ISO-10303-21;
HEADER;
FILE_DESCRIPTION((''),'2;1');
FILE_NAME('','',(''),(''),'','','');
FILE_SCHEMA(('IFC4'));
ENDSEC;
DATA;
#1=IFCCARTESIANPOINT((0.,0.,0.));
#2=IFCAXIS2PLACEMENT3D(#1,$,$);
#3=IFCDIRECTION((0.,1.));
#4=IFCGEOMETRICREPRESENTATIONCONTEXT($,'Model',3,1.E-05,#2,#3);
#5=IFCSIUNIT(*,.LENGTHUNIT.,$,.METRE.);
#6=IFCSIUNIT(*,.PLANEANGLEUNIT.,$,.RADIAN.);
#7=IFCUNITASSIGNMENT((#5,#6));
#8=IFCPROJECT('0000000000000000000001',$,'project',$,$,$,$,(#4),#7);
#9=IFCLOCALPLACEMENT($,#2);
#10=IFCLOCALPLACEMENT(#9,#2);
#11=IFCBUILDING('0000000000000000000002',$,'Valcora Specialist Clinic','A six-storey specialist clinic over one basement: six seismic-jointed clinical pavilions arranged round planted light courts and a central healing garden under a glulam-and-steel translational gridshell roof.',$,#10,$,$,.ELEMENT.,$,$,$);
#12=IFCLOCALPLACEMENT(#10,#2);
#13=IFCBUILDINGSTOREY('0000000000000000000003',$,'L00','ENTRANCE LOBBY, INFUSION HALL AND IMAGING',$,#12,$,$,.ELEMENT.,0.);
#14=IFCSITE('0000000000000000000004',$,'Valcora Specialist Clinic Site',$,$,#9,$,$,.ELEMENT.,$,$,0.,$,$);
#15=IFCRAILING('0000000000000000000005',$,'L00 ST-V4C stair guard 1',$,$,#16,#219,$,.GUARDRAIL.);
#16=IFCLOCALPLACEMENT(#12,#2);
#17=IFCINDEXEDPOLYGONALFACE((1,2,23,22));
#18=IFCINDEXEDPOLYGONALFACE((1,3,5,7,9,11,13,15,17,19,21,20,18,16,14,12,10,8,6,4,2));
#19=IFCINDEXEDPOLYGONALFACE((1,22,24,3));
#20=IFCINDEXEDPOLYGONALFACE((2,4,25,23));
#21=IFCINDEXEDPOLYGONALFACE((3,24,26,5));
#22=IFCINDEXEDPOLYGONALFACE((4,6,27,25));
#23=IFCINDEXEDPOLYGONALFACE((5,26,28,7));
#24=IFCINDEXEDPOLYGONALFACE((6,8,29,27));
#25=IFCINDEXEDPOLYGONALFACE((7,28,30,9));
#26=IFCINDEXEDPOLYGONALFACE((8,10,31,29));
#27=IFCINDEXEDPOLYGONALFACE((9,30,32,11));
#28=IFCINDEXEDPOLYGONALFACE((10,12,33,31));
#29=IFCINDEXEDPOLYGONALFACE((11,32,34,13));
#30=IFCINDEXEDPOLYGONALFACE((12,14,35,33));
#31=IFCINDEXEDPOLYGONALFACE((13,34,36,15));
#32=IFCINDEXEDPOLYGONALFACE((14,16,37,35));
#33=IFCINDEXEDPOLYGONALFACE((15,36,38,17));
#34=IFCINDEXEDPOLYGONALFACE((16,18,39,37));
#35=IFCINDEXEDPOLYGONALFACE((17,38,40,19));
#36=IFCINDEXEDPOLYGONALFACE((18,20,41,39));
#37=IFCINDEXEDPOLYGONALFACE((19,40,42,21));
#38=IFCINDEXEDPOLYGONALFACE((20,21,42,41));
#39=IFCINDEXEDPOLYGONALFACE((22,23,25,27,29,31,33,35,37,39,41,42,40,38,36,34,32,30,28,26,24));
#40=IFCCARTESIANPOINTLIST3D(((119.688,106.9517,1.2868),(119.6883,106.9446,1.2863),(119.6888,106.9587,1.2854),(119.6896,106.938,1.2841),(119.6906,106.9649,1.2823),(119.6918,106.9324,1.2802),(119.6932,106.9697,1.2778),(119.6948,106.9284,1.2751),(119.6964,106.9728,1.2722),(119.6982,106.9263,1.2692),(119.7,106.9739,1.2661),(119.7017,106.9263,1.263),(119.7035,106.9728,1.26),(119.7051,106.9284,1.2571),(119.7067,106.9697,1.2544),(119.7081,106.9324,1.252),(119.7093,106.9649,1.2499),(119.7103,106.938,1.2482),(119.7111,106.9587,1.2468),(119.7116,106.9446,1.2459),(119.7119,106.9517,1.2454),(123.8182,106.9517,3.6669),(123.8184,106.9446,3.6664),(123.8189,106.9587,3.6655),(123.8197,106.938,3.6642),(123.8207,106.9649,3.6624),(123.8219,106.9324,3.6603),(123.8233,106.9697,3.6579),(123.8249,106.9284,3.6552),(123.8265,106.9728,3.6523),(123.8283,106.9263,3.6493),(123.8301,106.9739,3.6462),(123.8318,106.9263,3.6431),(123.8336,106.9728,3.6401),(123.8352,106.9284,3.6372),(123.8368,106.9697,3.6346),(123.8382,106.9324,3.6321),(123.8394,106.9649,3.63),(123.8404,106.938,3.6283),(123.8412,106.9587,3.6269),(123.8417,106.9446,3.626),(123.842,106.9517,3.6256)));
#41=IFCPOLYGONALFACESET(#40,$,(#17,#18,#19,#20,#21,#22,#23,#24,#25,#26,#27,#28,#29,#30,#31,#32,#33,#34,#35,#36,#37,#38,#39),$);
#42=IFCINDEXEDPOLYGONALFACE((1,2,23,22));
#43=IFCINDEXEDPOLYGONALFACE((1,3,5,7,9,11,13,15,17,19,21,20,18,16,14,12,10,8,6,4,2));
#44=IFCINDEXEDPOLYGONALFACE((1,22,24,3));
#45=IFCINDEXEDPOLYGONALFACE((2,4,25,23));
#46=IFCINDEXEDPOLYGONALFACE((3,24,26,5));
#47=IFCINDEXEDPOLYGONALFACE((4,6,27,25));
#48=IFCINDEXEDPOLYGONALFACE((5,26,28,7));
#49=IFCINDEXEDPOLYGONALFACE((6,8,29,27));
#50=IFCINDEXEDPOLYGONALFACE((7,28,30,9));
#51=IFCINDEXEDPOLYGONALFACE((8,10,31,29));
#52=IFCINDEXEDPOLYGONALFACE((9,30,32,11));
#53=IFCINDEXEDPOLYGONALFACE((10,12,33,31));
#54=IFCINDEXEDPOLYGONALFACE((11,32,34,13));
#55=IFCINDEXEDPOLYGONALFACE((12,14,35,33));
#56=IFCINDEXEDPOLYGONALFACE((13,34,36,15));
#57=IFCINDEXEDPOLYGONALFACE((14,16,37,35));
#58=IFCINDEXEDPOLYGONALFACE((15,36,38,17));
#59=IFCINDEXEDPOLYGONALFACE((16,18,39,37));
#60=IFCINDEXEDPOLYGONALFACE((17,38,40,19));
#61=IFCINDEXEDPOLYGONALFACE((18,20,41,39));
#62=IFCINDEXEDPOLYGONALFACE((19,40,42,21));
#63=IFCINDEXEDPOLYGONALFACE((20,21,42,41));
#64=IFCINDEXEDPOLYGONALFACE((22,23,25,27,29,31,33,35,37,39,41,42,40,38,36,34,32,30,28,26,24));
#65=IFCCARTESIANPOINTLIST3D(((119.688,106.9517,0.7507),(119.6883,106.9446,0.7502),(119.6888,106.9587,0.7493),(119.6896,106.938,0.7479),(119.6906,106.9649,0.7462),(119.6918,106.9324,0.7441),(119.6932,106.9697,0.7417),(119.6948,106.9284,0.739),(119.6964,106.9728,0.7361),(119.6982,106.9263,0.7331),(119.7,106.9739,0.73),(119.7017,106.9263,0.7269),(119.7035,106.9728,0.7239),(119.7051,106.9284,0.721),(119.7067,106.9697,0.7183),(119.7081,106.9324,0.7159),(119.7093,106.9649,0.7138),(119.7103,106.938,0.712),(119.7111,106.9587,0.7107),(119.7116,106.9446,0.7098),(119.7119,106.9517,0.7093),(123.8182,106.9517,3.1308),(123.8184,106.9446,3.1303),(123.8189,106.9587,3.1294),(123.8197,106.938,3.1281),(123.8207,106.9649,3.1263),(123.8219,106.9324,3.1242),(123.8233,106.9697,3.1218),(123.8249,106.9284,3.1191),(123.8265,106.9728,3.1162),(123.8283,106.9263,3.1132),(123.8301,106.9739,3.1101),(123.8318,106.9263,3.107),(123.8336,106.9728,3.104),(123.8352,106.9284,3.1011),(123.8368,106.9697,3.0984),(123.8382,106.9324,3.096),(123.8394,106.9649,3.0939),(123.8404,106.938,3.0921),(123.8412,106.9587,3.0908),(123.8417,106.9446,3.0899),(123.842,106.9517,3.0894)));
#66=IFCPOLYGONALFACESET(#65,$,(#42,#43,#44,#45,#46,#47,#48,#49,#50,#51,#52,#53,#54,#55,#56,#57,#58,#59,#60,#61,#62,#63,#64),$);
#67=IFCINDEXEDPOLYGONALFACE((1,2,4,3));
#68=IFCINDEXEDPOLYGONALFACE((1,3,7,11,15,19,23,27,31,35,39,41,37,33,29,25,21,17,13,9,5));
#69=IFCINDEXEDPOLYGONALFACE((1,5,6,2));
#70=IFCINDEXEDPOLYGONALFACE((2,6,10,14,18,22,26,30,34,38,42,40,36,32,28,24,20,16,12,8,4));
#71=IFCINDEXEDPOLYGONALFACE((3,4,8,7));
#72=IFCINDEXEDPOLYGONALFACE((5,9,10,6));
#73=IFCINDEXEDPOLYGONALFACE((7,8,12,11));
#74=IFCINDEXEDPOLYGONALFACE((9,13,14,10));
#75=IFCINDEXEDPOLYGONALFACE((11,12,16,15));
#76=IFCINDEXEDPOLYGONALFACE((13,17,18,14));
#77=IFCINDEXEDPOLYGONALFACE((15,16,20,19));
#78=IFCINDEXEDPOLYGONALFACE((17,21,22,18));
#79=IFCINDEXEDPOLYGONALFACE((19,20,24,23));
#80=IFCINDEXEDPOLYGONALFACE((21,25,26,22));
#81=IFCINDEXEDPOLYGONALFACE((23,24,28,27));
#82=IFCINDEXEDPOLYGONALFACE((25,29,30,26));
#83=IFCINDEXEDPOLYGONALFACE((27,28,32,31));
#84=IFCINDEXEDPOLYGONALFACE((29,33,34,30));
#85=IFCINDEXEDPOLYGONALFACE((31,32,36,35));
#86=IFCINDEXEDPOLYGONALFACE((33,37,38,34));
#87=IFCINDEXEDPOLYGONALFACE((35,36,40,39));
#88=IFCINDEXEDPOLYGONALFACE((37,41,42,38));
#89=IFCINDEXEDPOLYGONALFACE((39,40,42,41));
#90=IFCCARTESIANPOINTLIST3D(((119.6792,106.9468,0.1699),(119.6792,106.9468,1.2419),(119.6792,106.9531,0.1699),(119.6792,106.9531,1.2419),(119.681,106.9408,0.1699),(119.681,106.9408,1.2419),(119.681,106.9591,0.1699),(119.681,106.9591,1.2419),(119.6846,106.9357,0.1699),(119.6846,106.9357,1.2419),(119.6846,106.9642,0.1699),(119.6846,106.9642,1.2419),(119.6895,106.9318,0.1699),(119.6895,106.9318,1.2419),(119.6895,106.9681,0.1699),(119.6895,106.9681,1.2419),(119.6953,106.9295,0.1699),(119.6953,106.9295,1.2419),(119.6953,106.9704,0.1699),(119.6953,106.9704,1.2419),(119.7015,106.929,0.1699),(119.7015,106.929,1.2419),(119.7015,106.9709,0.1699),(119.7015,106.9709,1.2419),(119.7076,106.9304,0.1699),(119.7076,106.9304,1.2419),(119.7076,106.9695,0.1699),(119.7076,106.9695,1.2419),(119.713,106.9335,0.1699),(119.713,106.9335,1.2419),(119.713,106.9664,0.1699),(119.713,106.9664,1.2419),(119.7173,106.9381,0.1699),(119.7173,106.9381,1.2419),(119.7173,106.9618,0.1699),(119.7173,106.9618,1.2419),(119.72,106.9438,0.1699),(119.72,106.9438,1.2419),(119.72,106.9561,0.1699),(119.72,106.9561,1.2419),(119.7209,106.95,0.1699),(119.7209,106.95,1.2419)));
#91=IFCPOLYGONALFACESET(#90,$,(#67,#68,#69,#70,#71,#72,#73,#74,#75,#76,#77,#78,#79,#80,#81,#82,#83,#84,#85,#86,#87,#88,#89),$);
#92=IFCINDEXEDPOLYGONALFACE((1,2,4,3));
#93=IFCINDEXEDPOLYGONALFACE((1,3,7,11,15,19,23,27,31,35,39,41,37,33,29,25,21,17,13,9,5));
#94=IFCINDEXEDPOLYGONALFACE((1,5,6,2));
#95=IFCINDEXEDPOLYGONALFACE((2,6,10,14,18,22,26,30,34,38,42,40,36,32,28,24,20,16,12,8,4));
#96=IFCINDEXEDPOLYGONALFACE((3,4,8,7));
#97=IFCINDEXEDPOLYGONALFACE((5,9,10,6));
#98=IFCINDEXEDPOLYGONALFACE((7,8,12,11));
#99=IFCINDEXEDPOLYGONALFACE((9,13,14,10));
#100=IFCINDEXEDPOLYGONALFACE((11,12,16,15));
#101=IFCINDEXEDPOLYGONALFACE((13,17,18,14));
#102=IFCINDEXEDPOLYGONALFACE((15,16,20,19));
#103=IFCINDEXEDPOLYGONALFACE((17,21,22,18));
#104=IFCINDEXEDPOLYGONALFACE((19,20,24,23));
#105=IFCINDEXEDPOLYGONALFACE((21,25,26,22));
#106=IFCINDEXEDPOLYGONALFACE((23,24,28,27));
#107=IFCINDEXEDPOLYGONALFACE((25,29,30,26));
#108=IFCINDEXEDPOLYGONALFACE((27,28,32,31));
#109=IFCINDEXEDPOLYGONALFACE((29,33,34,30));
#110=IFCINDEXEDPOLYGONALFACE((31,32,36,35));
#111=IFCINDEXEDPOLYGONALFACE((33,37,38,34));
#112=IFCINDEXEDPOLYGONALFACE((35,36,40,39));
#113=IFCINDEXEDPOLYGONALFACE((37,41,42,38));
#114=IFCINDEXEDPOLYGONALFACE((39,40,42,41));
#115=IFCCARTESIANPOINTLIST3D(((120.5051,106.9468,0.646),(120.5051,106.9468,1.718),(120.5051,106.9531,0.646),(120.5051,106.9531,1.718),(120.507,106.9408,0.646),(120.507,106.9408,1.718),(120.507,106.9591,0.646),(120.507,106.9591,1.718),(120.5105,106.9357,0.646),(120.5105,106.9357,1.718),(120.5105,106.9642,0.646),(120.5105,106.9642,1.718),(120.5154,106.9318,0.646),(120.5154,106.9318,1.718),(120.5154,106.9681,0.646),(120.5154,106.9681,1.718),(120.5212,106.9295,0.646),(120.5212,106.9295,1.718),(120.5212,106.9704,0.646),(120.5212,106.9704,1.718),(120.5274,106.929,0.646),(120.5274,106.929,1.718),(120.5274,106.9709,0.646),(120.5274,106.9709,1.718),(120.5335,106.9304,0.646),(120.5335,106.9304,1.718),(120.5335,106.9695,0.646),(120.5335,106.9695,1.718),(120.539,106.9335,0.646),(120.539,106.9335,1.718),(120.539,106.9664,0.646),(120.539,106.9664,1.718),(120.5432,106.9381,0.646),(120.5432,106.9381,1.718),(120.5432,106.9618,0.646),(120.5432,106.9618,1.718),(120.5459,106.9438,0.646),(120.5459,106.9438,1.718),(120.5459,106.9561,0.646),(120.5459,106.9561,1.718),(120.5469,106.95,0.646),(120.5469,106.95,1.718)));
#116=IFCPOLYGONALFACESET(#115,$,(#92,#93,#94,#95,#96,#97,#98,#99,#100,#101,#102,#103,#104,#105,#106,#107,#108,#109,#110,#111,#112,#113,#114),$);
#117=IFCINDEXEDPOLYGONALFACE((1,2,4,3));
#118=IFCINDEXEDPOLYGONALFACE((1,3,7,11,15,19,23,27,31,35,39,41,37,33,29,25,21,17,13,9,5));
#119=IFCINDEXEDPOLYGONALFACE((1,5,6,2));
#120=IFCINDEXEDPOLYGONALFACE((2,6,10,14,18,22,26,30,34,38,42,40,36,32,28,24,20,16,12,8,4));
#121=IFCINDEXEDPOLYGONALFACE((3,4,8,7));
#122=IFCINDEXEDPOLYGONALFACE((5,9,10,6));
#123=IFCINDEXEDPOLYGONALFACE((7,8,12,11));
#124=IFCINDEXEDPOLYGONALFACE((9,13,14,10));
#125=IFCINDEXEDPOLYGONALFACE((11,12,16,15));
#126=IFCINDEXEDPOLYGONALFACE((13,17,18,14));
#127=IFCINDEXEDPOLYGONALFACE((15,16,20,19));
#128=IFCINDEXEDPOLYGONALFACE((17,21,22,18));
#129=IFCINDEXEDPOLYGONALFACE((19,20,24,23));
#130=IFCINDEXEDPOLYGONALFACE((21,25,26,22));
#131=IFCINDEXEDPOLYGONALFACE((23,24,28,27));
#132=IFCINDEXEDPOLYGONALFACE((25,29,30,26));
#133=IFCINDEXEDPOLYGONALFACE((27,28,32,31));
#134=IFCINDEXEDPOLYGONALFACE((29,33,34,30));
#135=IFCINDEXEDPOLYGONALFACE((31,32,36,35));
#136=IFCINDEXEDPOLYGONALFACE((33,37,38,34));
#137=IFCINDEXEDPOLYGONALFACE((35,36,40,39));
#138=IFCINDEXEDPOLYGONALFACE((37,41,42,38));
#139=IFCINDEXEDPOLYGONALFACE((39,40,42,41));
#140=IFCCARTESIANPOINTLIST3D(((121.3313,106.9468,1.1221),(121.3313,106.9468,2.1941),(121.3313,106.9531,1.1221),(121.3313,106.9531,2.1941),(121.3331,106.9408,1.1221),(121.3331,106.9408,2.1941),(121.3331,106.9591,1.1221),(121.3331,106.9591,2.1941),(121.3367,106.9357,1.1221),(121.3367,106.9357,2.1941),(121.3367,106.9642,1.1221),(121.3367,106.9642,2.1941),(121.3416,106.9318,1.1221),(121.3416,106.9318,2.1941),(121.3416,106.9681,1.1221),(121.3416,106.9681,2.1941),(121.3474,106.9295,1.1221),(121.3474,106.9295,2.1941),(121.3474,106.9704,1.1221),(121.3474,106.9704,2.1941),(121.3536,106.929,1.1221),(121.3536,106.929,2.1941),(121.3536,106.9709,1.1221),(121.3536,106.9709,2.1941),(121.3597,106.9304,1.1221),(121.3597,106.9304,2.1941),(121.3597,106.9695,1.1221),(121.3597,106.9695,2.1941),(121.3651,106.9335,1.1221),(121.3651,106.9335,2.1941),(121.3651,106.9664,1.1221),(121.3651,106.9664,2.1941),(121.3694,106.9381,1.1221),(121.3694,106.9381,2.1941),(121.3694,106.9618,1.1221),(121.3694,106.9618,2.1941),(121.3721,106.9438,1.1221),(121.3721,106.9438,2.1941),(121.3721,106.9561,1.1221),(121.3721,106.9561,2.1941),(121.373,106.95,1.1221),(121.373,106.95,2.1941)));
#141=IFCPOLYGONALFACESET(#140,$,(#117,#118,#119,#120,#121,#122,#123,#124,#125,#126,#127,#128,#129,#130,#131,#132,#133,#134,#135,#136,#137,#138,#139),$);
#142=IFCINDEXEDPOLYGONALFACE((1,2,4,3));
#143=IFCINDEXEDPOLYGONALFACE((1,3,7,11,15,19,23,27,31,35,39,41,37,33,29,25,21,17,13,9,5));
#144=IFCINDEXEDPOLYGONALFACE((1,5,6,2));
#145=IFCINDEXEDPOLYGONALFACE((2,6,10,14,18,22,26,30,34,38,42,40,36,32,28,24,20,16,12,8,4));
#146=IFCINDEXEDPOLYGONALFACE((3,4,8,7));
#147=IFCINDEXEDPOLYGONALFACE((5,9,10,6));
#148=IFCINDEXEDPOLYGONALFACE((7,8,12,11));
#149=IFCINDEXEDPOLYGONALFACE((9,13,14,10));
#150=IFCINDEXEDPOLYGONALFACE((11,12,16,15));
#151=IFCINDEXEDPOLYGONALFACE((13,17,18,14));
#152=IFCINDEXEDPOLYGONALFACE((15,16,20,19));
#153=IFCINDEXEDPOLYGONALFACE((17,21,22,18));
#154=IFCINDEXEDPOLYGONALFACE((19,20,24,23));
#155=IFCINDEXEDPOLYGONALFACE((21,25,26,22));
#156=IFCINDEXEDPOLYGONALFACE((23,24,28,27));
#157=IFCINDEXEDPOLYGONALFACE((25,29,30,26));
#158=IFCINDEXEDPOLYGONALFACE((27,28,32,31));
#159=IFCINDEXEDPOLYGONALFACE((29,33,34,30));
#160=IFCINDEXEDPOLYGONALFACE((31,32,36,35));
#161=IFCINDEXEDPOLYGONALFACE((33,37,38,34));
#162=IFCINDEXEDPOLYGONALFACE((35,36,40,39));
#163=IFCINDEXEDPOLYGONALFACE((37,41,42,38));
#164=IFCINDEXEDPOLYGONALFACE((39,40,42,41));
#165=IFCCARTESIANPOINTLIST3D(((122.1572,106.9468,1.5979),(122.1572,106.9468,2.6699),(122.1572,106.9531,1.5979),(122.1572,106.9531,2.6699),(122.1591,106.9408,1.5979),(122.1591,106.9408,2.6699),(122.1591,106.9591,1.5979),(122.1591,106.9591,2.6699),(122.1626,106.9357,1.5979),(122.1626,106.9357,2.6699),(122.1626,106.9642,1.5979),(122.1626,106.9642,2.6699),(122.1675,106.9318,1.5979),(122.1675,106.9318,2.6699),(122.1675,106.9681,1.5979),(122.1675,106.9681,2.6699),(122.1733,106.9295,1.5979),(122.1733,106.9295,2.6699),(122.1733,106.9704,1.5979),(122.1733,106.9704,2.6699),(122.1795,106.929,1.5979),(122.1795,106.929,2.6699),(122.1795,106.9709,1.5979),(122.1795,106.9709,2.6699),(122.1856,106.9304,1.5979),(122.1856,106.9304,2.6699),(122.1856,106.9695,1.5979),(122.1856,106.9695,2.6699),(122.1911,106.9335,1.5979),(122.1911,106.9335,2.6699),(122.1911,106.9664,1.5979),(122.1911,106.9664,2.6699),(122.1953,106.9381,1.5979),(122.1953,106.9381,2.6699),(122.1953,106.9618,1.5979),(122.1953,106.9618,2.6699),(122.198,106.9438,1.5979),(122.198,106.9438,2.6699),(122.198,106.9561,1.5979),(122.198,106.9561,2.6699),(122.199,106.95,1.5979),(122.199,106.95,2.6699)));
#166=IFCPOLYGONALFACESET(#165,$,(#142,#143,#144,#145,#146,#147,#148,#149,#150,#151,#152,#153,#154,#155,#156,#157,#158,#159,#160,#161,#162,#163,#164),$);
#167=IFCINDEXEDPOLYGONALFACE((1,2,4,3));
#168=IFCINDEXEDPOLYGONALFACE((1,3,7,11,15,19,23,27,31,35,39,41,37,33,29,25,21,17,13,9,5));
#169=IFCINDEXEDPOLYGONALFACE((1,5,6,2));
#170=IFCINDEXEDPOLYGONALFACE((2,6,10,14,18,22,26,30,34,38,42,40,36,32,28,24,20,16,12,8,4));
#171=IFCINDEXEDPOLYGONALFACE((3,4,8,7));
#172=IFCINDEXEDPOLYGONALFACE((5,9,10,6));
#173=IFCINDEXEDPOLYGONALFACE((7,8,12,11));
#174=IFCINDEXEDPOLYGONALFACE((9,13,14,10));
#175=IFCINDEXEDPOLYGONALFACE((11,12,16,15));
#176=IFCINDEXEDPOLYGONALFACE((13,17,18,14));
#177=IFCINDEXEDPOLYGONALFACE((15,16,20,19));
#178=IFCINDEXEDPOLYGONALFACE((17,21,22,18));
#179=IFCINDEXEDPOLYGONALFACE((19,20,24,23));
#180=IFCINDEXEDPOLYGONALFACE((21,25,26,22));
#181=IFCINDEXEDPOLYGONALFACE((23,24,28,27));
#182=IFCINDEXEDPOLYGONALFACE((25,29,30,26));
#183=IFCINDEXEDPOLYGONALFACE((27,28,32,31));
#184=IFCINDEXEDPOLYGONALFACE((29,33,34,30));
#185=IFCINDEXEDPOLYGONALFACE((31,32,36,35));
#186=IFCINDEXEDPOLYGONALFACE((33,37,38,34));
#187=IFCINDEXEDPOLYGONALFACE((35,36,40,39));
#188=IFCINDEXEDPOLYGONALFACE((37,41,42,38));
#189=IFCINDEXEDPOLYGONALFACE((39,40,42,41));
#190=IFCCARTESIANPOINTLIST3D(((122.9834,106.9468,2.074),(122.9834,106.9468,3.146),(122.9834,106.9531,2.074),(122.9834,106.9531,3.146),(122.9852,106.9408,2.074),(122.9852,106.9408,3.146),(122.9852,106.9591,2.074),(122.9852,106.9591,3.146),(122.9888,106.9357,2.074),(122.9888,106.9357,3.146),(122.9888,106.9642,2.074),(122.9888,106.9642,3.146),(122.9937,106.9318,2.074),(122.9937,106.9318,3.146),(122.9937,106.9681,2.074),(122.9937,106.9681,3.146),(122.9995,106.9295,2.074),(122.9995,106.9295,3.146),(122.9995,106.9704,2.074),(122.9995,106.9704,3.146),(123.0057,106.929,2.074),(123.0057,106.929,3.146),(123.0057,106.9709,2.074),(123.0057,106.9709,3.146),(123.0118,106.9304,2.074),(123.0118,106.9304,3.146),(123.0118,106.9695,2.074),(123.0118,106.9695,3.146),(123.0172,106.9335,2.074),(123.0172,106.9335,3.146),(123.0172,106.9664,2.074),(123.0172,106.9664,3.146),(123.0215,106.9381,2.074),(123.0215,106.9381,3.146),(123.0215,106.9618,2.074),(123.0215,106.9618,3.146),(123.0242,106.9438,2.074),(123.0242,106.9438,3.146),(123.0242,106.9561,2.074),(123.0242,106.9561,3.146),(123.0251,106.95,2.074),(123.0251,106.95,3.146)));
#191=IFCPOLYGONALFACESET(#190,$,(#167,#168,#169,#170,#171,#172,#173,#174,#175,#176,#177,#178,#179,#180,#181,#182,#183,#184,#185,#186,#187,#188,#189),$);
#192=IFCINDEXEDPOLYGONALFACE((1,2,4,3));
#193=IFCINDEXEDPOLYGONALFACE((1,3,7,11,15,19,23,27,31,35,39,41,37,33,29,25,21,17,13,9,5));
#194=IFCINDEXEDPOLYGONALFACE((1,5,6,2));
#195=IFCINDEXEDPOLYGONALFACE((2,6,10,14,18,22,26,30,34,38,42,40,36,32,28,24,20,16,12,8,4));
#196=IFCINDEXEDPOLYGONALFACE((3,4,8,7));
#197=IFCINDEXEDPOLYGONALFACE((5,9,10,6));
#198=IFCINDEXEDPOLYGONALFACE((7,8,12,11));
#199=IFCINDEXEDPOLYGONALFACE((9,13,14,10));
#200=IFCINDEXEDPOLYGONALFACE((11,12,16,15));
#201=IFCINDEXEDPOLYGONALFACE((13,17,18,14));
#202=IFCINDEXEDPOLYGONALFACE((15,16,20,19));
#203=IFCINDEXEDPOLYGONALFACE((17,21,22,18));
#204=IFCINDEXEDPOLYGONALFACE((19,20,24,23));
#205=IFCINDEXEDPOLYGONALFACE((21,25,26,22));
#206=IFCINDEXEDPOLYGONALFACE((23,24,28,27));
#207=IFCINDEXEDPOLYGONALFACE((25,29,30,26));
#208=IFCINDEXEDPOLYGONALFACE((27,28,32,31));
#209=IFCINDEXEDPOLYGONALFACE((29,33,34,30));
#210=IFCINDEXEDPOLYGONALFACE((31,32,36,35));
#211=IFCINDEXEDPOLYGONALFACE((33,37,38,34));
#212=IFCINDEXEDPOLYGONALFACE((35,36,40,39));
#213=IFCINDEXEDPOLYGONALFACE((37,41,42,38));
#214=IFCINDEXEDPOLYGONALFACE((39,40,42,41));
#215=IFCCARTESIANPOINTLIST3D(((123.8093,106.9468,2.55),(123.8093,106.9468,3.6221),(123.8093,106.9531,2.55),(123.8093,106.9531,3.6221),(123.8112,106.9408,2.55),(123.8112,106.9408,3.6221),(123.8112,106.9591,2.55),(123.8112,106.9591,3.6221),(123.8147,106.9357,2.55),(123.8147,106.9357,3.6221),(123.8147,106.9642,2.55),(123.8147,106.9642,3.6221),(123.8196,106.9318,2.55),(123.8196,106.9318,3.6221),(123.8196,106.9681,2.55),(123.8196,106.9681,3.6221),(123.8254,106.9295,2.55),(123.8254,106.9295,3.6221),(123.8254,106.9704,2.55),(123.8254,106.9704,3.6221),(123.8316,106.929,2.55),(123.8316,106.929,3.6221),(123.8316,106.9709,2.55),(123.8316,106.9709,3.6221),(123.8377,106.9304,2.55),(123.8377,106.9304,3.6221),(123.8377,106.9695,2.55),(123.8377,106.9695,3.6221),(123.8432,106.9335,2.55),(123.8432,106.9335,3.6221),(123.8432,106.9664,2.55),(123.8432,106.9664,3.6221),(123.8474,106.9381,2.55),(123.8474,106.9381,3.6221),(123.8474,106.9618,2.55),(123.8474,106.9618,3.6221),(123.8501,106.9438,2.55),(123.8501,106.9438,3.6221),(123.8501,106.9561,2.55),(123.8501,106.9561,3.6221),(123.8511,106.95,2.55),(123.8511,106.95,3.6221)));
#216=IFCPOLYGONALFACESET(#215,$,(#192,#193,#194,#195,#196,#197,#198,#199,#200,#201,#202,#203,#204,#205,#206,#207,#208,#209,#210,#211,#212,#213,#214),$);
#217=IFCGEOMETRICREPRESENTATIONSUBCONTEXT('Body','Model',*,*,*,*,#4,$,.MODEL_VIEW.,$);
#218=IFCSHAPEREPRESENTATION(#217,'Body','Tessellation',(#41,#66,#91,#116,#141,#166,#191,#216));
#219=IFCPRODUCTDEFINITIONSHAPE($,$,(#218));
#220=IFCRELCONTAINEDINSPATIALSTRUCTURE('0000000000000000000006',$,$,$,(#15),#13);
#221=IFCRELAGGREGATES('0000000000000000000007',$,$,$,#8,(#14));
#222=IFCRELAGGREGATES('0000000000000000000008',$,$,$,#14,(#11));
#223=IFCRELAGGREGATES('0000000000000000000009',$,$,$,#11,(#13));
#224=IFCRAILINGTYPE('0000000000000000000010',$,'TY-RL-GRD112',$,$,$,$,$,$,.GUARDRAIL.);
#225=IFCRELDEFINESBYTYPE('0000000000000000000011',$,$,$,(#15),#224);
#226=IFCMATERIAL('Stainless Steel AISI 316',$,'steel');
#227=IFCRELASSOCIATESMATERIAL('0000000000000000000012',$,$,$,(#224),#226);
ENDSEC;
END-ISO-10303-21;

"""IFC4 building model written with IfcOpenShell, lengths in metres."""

from ifc_helpers import new_model, si_unit, direction, frame, origin, origin_2d, place, context, subcontext, project, spatial, circle, extrude, material, type_object, element, save


model = new_model("IFC4")

# Units and contexts
model_context = context("Model", 3, precision=1e-05, world=origin(), true_north=direction((0.0, 1.0)))
body_context = subcontext(model_context, "Body", "Model", "MODEL_VIEW")
ifc_project = project(units=[si_unit("LENGTHUNIT", "METRE"), si_unit("PLANEANGLEUNIT", "RADIAN")], contexts=[model_context])

# Site, building, storey
site_placement = place(None, origin())
site = spatial("IfcSite", under=ifc_project, at=site_placement, Name="Valcora Specialist Clinic Site", CompositionType="ELEMENT", RefElevation=0.0)
building_placement = place(site_placement, origin())
building = spatial("IfcBuilding", under=site, at=building_placement, Name="Valcora Specialist Clinic", Description="A six-storey specialist clinic over one basement: six seismic-jointed clinical pavilions arranged round planted light courts and a central healing garden under a glulam-and-steel translational gridshell roof.", CompositionType="ELEMENT")
storey_placement = place(building_placement, origin())
storey = spatial("IfcBuildingStorey", under=building, at=storey_placement, Name="L00", Description="ENTRANCE LOBBY, INFUSION HALL AND IMAGING", CompositionType="ELEMENT", Elevation=0.0)

# Railing
ifc_material_1 = material(Name="Stainless Steel AISI 316", Category="steel")
railing_type_1 = type_object("IfcRailingType", Name="TY-RL-GRD112", PredefinedType="GUARDRAIL", material=ifc_material_1)
railing_1_placement = place(storey_placement, frame((119.7, 106.95, 0.1699)))
element("IfcRailing", 1, at=railing_1_placement, inside=storey, type_object=railing_type_1, Name="L00 ST-V4C stair guard 1", PredefinedType="GUARDRAIL", context=body_context, shape_type="SweptSolid", body=[
    extrude(circle(Radius=0.0239, at=origin_2d()), frame((0.0, 0.0, 1.0962), z_axis=(0.866425, 0.0, 0.499307), x_axis=(0.0, 1.0, 0.0)), (0.0, 0.0, 1.0), 4.7668),
    extrude(circle(Radius=0.0239, at=origin_2d()), frame((0.0, 0.0, 0.5601), z_axis=(0.866425, 0.0, 0.499307), x_axis=(0.0, 1.0, 0.0)), (0.0, 0.0, 1.0), 4.7668),
    extrude(circle(Radius=0.021, at=origin_2d()), origin(), (0.0, 0.0, 1.0), 1.072),
    extrude(circle(Radius=0.021, at=origin_2d()), frame((0.8259, 0.0, 0.4761)), (0.0, 0.0, 1.0), 1.072),
    extrude(circle(Radius=0.021, at=origin_2d()), frame((1.6521, 0.0, 0.9521)), (0.0, 0.0, 1.0), 1.072),
    extrude(circle(Radius=0.021, at=origin_2d()), frame((2.478, 0.0, 1.428)), (0.0, 0.0, 1.0), 1.072),
    extrude(circle(Radius=0.021, at=origin_2d()), frame((3.3042, 0.0, 1.9041)), (0.0, 0.0, 1.0), 1.072),
    extrude(circle(Radius=0.021, at=origin_2d()), frame((4.1301, 0.0, 2.3801)), (0.0, 0.0, 1.0), 1.072),
])

save(model, "model.ifc")
